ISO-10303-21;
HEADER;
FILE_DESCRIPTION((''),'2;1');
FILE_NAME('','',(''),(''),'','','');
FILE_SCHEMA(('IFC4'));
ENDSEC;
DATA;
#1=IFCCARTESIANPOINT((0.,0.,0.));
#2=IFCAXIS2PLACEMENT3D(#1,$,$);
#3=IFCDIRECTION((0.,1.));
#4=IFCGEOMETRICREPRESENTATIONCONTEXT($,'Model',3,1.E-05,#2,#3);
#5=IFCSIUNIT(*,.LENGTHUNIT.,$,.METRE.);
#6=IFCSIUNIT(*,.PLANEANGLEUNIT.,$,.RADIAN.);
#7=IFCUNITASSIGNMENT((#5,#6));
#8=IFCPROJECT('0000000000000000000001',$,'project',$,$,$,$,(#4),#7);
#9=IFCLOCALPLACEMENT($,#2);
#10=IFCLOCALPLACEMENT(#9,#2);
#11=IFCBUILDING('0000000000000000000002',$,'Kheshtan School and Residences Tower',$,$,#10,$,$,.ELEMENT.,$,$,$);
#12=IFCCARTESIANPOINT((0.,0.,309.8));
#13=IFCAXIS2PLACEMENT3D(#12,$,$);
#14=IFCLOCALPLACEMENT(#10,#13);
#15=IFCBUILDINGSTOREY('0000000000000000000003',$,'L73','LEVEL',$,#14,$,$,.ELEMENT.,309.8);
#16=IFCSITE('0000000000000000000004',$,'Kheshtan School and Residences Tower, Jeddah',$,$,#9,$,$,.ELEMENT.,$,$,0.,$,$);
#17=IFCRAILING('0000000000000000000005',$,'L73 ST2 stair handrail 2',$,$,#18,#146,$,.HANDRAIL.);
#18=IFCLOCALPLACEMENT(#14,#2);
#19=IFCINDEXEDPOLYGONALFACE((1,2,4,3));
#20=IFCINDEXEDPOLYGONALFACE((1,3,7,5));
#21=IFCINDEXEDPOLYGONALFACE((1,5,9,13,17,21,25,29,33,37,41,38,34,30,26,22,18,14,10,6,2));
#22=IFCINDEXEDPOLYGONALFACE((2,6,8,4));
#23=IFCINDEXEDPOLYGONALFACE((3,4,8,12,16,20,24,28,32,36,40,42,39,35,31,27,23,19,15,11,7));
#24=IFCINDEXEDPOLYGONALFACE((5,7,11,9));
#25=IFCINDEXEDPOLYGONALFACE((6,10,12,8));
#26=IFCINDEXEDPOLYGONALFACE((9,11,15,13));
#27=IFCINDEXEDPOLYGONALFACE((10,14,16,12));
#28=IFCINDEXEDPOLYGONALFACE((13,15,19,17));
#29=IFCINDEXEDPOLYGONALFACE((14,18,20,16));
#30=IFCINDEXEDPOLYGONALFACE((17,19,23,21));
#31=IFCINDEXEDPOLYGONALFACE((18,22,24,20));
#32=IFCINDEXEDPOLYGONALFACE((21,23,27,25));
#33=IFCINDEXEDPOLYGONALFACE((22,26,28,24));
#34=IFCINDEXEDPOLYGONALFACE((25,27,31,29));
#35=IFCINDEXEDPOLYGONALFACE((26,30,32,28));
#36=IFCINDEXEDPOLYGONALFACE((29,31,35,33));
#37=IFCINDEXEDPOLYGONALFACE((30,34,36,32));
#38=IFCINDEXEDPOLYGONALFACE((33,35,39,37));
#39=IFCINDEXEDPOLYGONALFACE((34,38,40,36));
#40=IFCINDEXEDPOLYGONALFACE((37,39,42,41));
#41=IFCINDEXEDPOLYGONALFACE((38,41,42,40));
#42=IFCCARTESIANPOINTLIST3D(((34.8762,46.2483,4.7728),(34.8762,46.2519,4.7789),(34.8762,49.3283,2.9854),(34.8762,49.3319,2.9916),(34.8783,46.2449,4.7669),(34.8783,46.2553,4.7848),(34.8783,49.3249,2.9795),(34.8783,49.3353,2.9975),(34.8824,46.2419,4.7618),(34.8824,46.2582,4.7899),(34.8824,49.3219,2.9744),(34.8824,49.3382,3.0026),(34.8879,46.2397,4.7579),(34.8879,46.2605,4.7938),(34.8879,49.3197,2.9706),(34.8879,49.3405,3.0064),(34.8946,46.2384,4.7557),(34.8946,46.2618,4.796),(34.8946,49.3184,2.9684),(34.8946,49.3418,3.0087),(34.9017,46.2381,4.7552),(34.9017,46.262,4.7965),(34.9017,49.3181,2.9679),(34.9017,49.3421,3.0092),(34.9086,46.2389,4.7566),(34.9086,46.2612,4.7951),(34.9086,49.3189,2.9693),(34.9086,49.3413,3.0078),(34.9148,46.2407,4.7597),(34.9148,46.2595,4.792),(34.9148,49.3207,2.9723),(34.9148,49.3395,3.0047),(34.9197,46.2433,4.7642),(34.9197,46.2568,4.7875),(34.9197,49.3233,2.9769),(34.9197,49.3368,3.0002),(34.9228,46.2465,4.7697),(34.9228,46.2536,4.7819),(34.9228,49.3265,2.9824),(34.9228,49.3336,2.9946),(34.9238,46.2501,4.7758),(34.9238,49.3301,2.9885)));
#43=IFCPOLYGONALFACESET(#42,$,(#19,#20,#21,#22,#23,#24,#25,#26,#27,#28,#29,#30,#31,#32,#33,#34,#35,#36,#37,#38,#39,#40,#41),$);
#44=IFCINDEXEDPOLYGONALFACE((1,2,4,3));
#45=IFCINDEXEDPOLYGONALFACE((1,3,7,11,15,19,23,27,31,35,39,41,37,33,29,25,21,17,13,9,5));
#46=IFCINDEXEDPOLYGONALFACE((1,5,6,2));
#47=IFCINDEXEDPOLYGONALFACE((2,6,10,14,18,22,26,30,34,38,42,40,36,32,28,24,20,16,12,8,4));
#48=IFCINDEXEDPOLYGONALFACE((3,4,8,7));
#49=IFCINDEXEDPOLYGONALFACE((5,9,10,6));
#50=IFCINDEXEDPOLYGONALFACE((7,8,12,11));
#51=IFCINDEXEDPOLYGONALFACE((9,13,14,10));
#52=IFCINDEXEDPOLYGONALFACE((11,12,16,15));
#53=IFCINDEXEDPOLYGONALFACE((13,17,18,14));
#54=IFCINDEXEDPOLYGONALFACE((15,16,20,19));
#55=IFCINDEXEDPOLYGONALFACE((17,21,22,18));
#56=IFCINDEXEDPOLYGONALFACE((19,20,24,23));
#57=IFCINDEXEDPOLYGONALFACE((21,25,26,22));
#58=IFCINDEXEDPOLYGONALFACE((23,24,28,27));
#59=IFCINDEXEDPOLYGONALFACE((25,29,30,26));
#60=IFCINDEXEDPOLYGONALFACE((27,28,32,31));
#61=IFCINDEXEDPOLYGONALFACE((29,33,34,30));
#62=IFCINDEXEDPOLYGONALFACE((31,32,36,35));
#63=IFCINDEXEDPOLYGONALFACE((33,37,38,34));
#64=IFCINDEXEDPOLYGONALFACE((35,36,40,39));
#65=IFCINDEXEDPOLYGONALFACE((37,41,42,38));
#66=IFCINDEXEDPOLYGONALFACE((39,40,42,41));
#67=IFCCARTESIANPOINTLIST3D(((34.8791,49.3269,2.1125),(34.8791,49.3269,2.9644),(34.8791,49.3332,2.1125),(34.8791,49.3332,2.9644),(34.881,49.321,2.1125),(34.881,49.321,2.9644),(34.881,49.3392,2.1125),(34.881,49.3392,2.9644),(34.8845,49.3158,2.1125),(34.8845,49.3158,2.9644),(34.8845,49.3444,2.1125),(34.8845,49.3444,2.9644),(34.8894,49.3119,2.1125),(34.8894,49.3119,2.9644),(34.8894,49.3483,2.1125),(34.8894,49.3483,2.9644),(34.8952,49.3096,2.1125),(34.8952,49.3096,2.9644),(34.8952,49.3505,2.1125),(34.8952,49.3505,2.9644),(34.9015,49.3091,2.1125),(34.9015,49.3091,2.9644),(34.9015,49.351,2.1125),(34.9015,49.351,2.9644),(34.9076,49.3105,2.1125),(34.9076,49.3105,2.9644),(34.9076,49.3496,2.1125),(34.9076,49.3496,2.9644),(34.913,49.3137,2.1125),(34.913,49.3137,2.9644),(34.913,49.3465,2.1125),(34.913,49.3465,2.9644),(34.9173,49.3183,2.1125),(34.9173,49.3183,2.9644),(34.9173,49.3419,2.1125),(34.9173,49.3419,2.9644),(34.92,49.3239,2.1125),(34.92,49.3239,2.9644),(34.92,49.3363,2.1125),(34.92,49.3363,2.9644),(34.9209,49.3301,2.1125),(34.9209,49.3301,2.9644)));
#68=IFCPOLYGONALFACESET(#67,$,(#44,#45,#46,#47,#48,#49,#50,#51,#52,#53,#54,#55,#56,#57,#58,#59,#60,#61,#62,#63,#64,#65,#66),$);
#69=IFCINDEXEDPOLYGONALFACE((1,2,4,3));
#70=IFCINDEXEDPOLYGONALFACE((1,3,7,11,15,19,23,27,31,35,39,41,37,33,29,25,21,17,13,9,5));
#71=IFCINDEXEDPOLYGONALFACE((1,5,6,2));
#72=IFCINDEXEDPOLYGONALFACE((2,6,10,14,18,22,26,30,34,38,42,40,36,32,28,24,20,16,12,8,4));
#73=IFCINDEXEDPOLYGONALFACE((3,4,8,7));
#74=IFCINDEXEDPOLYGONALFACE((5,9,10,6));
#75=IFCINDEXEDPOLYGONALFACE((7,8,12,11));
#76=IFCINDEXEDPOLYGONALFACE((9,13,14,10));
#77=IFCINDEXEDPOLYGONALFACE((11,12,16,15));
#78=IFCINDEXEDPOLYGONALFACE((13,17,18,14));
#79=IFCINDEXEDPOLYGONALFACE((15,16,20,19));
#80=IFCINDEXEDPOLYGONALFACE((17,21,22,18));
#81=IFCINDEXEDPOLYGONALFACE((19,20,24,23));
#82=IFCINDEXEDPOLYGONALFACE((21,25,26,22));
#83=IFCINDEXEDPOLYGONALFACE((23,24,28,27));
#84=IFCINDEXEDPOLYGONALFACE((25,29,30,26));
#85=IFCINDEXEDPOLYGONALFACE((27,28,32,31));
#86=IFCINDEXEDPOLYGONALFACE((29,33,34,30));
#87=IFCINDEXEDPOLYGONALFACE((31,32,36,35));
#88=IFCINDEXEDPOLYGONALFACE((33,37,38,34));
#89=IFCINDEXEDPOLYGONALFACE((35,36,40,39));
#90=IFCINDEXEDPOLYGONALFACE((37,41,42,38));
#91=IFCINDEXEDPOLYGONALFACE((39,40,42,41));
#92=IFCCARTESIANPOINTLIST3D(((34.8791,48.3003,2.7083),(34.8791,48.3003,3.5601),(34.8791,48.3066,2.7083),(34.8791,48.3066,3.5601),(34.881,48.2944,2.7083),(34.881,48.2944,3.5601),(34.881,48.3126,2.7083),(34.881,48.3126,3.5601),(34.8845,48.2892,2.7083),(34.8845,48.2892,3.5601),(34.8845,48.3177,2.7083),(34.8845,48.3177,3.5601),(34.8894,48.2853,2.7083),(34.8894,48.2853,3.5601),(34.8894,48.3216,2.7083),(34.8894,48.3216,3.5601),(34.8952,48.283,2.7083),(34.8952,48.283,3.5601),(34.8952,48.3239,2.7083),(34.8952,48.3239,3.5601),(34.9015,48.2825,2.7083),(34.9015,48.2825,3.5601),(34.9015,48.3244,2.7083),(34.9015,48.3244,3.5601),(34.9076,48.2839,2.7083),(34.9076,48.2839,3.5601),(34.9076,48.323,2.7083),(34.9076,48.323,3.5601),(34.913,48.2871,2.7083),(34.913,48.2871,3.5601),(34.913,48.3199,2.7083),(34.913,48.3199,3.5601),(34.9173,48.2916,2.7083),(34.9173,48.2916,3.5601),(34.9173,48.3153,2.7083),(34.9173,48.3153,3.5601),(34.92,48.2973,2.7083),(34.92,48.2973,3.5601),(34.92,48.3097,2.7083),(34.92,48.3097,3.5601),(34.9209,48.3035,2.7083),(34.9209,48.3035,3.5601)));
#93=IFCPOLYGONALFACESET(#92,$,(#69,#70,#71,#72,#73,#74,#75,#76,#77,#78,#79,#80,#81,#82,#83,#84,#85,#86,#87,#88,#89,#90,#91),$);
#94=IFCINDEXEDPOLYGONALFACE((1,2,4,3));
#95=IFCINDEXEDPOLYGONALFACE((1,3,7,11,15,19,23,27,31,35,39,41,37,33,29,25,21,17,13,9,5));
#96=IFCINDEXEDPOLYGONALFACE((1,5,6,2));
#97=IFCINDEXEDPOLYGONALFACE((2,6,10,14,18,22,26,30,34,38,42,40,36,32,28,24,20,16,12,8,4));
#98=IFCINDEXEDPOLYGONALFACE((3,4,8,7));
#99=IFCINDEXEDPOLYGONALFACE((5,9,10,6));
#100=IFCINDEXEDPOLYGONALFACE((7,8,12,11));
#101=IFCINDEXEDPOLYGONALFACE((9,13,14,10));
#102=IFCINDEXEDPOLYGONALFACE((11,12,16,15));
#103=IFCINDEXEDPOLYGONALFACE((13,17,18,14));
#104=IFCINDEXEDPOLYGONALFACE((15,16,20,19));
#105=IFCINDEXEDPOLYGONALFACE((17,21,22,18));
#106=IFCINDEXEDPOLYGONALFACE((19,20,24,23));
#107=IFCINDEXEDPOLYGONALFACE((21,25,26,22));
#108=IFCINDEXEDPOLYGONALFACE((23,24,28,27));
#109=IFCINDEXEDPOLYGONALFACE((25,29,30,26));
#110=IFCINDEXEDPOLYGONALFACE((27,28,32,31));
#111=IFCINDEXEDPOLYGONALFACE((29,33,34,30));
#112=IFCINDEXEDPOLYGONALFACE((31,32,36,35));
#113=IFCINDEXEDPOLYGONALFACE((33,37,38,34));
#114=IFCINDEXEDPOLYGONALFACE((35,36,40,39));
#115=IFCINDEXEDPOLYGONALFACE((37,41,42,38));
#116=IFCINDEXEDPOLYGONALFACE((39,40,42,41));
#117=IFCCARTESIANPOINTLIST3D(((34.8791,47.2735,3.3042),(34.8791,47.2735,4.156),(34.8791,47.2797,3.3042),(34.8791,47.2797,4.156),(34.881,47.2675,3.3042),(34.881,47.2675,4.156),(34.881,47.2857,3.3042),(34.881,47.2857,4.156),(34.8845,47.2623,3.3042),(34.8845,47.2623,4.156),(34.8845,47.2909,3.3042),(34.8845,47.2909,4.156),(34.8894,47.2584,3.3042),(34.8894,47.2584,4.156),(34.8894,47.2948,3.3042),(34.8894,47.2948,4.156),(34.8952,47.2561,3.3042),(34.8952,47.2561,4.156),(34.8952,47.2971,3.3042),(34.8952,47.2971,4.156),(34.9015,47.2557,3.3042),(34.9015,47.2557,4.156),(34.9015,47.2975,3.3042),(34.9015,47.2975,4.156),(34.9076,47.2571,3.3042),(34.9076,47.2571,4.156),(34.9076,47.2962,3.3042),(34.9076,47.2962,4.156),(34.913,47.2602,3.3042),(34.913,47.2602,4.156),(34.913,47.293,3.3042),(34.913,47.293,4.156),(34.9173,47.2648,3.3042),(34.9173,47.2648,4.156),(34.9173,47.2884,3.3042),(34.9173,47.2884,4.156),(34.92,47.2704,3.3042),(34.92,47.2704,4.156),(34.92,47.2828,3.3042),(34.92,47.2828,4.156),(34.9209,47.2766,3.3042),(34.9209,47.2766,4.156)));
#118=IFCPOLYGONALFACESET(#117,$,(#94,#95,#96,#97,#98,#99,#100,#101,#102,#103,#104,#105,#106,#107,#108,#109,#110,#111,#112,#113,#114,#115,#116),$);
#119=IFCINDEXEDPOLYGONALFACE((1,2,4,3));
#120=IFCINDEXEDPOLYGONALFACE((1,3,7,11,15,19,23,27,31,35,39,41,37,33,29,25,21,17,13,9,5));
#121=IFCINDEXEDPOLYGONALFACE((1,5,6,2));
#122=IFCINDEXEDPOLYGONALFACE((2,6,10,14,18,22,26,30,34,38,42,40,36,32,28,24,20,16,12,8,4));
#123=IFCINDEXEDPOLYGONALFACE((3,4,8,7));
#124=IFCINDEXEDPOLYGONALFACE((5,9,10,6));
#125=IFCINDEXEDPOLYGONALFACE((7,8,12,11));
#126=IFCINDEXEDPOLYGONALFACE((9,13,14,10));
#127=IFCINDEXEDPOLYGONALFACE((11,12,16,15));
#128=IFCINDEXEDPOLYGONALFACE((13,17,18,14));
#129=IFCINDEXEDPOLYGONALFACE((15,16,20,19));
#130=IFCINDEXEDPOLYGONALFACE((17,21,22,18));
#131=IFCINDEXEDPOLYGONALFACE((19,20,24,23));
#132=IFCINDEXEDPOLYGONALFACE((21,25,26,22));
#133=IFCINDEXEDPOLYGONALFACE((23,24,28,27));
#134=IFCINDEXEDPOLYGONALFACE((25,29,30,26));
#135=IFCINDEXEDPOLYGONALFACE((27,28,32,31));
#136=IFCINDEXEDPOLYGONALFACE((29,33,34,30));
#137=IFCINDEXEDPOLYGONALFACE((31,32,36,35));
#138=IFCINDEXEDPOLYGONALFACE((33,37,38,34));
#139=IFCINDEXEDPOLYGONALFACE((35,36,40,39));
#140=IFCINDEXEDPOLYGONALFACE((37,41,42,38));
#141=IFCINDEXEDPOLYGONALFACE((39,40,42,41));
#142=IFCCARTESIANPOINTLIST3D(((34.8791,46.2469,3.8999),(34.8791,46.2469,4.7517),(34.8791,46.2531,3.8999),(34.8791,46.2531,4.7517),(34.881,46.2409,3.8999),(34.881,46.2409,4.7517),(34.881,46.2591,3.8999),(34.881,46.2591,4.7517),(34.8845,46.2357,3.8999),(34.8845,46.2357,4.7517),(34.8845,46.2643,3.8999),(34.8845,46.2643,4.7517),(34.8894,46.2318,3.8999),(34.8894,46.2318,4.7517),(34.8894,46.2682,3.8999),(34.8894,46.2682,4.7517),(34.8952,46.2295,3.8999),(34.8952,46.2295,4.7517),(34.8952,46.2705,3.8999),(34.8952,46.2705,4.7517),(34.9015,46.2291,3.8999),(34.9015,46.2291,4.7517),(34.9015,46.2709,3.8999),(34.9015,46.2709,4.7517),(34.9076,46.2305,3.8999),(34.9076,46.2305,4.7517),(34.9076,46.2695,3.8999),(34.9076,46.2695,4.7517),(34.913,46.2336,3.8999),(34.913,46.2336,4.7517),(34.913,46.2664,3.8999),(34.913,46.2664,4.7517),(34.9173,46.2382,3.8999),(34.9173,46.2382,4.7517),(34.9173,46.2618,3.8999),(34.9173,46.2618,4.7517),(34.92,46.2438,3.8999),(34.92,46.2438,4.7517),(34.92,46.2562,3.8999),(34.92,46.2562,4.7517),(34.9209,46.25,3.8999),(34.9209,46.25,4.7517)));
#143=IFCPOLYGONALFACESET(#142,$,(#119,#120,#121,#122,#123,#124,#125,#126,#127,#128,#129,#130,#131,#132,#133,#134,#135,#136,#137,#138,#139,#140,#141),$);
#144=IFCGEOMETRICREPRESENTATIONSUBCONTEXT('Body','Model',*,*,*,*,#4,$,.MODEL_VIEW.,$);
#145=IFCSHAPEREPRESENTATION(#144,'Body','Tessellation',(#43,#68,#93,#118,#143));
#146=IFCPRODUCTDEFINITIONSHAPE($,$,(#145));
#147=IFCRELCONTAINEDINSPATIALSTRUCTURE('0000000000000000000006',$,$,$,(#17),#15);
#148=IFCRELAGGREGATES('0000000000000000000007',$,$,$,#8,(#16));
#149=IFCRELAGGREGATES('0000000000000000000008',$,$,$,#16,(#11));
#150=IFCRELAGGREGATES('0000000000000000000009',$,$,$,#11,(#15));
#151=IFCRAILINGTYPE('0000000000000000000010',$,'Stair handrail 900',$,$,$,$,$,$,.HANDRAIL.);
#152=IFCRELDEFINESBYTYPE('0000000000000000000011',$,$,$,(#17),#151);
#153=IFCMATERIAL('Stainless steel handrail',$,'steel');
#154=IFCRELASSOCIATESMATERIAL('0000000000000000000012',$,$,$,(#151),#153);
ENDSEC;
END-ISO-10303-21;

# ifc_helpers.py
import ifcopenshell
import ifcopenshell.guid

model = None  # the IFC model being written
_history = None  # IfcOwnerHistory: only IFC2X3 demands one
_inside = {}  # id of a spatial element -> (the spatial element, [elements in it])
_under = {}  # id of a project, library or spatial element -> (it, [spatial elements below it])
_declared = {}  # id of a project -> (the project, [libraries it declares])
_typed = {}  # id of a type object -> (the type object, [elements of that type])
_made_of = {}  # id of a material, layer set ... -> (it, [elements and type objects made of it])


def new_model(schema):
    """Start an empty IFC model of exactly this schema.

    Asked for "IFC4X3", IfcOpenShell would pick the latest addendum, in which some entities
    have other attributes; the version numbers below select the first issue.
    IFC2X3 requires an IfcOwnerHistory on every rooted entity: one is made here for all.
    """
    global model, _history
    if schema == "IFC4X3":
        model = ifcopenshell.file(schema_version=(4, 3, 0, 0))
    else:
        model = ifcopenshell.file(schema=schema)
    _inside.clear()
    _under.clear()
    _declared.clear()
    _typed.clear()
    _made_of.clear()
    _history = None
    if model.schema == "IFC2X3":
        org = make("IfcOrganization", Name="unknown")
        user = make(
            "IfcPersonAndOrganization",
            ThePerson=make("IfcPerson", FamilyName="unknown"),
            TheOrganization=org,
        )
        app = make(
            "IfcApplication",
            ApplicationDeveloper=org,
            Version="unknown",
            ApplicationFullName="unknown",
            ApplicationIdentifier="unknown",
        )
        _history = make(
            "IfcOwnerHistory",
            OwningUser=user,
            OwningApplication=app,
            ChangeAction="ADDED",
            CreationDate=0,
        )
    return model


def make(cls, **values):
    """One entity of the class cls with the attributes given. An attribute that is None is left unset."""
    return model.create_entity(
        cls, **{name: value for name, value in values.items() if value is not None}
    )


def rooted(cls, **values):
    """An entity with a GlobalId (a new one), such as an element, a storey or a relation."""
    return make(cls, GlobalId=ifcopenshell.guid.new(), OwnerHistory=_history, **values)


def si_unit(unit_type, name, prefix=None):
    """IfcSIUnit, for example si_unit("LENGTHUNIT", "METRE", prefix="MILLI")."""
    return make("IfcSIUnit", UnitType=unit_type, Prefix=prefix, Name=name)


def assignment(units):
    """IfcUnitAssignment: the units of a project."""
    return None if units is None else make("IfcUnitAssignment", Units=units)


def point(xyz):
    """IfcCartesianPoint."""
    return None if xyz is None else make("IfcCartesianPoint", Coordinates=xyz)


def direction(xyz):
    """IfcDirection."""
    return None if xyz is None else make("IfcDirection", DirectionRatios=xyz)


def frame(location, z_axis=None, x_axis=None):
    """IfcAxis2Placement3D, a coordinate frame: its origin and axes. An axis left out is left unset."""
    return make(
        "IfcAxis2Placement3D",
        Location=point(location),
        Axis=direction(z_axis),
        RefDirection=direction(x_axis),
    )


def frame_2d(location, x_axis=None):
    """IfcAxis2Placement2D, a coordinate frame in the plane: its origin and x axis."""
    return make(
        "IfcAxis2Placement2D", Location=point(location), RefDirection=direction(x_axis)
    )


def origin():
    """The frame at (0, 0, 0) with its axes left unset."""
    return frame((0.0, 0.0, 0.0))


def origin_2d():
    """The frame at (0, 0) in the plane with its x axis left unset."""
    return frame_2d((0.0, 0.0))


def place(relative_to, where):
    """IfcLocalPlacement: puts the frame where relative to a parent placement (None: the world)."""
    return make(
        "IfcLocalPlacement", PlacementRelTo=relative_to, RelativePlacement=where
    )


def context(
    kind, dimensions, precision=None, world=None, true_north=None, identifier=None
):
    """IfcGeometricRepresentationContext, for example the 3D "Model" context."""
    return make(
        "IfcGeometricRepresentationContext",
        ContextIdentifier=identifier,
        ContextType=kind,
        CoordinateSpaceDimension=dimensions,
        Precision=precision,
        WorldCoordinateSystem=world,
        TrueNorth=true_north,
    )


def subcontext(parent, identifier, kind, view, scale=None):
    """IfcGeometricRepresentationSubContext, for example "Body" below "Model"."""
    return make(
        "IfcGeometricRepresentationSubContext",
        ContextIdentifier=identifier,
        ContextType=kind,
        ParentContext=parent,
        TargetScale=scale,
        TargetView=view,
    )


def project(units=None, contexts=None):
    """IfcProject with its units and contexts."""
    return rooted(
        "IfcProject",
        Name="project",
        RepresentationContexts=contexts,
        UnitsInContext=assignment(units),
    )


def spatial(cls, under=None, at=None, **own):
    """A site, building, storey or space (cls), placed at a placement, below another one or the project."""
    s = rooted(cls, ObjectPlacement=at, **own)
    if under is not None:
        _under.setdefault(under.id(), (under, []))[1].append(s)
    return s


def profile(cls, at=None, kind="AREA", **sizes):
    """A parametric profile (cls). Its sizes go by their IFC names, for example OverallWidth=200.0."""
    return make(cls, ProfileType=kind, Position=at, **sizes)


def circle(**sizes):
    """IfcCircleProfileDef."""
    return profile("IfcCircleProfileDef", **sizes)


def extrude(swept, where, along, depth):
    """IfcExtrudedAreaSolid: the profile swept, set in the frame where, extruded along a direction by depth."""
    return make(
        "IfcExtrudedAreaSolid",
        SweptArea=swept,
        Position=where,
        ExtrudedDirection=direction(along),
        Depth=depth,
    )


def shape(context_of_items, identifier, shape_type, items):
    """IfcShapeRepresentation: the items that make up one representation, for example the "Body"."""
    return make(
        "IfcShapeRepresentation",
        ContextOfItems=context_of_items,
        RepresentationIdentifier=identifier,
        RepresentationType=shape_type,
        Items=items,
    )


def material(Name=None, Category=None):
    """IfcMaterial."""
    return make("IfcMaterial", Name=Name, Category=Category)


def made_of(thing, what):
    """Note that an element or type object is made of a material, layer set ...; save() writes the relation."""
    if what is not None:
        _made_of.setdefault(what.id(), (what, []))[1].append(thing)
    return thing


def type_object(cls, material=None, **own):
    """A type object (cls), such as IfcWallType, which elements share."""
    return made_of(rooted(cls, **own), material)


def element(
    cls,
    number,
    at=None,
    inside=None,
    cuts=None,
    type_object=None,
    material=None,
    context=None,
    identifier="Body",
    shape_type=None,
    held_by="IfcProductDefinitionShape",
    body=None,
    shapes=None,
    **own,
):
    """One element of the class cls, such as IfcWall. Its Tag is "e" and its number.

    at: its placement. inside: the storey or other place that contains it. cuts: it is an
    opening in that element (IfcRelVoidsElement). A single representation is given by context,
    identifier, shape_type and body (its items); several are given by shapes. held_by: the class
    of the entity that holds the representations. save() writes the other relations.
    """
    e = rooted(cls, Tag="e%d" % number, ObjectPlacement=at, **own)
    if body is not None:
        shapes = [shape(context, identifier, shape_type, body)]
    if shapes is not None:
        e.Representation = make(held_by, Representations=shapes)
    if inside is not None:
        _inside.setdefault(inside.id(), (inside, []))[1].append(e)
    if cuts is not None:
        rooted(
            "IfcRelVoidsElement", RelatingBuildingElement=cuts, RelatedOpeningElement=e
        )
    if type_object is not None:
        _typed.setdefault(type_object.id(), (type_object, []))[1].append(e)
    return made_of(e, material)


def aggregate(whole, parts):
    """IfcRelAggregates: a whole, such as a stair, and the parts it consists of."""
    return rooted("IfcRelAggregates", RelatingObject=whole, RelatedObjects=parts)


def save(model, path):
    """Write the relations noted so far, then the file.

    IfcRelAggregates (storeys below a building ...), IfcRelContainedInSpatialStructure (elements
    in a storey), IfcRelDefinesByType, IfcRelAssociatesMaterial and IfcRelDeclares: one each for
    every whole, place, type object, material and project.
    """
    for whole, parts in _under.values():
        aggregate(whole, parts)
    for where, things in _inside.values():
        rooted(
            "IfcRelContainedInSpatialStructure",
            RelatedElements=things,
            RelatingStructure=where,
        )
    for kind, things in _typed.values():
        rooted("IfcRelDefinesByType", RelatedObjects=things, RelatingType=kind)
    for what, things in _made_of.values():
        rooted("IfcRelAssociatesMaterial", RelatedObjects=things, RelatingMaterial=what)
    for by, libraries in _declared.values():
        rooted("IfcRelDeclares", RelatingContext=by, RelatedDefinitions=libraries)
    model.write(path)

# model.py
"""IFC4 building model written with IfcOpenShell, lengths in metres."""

from ifc_helpers import new_model, si_unit, direction, frame, origin, origin_2d, place, context, subcontext, project, spatial, circle, extrude, material, type_object, element, save


model = new_model("IFC4")

# Units and contexts
model_context = context("Model", 3, precision=1e-05, world=origin(), true_north=direction((0.0, 1.0)))
body_context = subcontext(model_context, "Body", "Model", "MODEL_VIEW")
ifc_project = project(units=[si_unit("LENGTHUNIT", "METRE"), si_unit("PLANEANGLEUNIT", "RADIAN")], contexts=[model_context])

# Site, building, storey
site_placement = place(None, origin())
site = spatial("IfcSite", under=ifc_project, at=site_placement, Name="Kheshtan School and Residences Tower, Jeddah", CompositionType="ELEMENT", RefElevation=0.0)
building_placement = place(site_placement, origin())
building = spatial("IfcBuilding", under=site, at=building_placement, Name="Kheshtan School and Residences Tower", CompositionType="ELEMENT")
storey_placement = place(building_placement, frame((0.0, 0.0, 309.8)))
storey = spatial("IfcBuildingStorey", under=building, at=storey_placement, Name="L73", Description="LEVEL", CompositionType="ELEMENT", Elevation=309.8)

# Railing
ifc_material_1 = material(Name="Stainless steel handrail", Category="steel")
railing_type_1 = type_object("IfcRailingType", Name="Stair handrail 900", PredefinedType="HANDRAIL", material=ifc_material_1)
railing_1_placement = place(storey_placement, frame((34.8999, 49.3301, 2.1125)))
element("IfcRailing", 1, at=railing_1_placement, inside=storey, type_object=railing_type_1, Name="L73 ST2 stair handrail 2", PredefinedType="HANDRAIL", context=body_context, shape_type="SweptSolid", body=[
    extrude(circle(Radius=0.0239, at=origin_2d()), frame((0.0, 0.0, 0.876), z_axis=(0.0, -0.86492, 0.501909), x_axis=(1.0, 0.0, 0.0)), (0.0, 0.0, 1.0), 3.561),
    extrude(circle(Radius=0.021, at=origin_2d()), origin(), (0.0, 0.0, 1.0), 0.8518),
    extrude(circle(Radius=0.021, at=origin_2d()), frame((0.0, -1.0266, 0.5957)), (0.0, 0.0, 1.0), 0.8518),
    extrude(circle(Radius=0.021, at=origin_2d()), frame((0.0, -2.0535, 1.1917)), (0.0, 0.0, 1.0), 0.8518),
    extrude(circle(Radius=0.021, at=origin_2d()), frame((0.0, -3.0801, 1.7874)), (0.0, 0.0, 1.0), 0.8518),
])

save(model, "model.ifc")
